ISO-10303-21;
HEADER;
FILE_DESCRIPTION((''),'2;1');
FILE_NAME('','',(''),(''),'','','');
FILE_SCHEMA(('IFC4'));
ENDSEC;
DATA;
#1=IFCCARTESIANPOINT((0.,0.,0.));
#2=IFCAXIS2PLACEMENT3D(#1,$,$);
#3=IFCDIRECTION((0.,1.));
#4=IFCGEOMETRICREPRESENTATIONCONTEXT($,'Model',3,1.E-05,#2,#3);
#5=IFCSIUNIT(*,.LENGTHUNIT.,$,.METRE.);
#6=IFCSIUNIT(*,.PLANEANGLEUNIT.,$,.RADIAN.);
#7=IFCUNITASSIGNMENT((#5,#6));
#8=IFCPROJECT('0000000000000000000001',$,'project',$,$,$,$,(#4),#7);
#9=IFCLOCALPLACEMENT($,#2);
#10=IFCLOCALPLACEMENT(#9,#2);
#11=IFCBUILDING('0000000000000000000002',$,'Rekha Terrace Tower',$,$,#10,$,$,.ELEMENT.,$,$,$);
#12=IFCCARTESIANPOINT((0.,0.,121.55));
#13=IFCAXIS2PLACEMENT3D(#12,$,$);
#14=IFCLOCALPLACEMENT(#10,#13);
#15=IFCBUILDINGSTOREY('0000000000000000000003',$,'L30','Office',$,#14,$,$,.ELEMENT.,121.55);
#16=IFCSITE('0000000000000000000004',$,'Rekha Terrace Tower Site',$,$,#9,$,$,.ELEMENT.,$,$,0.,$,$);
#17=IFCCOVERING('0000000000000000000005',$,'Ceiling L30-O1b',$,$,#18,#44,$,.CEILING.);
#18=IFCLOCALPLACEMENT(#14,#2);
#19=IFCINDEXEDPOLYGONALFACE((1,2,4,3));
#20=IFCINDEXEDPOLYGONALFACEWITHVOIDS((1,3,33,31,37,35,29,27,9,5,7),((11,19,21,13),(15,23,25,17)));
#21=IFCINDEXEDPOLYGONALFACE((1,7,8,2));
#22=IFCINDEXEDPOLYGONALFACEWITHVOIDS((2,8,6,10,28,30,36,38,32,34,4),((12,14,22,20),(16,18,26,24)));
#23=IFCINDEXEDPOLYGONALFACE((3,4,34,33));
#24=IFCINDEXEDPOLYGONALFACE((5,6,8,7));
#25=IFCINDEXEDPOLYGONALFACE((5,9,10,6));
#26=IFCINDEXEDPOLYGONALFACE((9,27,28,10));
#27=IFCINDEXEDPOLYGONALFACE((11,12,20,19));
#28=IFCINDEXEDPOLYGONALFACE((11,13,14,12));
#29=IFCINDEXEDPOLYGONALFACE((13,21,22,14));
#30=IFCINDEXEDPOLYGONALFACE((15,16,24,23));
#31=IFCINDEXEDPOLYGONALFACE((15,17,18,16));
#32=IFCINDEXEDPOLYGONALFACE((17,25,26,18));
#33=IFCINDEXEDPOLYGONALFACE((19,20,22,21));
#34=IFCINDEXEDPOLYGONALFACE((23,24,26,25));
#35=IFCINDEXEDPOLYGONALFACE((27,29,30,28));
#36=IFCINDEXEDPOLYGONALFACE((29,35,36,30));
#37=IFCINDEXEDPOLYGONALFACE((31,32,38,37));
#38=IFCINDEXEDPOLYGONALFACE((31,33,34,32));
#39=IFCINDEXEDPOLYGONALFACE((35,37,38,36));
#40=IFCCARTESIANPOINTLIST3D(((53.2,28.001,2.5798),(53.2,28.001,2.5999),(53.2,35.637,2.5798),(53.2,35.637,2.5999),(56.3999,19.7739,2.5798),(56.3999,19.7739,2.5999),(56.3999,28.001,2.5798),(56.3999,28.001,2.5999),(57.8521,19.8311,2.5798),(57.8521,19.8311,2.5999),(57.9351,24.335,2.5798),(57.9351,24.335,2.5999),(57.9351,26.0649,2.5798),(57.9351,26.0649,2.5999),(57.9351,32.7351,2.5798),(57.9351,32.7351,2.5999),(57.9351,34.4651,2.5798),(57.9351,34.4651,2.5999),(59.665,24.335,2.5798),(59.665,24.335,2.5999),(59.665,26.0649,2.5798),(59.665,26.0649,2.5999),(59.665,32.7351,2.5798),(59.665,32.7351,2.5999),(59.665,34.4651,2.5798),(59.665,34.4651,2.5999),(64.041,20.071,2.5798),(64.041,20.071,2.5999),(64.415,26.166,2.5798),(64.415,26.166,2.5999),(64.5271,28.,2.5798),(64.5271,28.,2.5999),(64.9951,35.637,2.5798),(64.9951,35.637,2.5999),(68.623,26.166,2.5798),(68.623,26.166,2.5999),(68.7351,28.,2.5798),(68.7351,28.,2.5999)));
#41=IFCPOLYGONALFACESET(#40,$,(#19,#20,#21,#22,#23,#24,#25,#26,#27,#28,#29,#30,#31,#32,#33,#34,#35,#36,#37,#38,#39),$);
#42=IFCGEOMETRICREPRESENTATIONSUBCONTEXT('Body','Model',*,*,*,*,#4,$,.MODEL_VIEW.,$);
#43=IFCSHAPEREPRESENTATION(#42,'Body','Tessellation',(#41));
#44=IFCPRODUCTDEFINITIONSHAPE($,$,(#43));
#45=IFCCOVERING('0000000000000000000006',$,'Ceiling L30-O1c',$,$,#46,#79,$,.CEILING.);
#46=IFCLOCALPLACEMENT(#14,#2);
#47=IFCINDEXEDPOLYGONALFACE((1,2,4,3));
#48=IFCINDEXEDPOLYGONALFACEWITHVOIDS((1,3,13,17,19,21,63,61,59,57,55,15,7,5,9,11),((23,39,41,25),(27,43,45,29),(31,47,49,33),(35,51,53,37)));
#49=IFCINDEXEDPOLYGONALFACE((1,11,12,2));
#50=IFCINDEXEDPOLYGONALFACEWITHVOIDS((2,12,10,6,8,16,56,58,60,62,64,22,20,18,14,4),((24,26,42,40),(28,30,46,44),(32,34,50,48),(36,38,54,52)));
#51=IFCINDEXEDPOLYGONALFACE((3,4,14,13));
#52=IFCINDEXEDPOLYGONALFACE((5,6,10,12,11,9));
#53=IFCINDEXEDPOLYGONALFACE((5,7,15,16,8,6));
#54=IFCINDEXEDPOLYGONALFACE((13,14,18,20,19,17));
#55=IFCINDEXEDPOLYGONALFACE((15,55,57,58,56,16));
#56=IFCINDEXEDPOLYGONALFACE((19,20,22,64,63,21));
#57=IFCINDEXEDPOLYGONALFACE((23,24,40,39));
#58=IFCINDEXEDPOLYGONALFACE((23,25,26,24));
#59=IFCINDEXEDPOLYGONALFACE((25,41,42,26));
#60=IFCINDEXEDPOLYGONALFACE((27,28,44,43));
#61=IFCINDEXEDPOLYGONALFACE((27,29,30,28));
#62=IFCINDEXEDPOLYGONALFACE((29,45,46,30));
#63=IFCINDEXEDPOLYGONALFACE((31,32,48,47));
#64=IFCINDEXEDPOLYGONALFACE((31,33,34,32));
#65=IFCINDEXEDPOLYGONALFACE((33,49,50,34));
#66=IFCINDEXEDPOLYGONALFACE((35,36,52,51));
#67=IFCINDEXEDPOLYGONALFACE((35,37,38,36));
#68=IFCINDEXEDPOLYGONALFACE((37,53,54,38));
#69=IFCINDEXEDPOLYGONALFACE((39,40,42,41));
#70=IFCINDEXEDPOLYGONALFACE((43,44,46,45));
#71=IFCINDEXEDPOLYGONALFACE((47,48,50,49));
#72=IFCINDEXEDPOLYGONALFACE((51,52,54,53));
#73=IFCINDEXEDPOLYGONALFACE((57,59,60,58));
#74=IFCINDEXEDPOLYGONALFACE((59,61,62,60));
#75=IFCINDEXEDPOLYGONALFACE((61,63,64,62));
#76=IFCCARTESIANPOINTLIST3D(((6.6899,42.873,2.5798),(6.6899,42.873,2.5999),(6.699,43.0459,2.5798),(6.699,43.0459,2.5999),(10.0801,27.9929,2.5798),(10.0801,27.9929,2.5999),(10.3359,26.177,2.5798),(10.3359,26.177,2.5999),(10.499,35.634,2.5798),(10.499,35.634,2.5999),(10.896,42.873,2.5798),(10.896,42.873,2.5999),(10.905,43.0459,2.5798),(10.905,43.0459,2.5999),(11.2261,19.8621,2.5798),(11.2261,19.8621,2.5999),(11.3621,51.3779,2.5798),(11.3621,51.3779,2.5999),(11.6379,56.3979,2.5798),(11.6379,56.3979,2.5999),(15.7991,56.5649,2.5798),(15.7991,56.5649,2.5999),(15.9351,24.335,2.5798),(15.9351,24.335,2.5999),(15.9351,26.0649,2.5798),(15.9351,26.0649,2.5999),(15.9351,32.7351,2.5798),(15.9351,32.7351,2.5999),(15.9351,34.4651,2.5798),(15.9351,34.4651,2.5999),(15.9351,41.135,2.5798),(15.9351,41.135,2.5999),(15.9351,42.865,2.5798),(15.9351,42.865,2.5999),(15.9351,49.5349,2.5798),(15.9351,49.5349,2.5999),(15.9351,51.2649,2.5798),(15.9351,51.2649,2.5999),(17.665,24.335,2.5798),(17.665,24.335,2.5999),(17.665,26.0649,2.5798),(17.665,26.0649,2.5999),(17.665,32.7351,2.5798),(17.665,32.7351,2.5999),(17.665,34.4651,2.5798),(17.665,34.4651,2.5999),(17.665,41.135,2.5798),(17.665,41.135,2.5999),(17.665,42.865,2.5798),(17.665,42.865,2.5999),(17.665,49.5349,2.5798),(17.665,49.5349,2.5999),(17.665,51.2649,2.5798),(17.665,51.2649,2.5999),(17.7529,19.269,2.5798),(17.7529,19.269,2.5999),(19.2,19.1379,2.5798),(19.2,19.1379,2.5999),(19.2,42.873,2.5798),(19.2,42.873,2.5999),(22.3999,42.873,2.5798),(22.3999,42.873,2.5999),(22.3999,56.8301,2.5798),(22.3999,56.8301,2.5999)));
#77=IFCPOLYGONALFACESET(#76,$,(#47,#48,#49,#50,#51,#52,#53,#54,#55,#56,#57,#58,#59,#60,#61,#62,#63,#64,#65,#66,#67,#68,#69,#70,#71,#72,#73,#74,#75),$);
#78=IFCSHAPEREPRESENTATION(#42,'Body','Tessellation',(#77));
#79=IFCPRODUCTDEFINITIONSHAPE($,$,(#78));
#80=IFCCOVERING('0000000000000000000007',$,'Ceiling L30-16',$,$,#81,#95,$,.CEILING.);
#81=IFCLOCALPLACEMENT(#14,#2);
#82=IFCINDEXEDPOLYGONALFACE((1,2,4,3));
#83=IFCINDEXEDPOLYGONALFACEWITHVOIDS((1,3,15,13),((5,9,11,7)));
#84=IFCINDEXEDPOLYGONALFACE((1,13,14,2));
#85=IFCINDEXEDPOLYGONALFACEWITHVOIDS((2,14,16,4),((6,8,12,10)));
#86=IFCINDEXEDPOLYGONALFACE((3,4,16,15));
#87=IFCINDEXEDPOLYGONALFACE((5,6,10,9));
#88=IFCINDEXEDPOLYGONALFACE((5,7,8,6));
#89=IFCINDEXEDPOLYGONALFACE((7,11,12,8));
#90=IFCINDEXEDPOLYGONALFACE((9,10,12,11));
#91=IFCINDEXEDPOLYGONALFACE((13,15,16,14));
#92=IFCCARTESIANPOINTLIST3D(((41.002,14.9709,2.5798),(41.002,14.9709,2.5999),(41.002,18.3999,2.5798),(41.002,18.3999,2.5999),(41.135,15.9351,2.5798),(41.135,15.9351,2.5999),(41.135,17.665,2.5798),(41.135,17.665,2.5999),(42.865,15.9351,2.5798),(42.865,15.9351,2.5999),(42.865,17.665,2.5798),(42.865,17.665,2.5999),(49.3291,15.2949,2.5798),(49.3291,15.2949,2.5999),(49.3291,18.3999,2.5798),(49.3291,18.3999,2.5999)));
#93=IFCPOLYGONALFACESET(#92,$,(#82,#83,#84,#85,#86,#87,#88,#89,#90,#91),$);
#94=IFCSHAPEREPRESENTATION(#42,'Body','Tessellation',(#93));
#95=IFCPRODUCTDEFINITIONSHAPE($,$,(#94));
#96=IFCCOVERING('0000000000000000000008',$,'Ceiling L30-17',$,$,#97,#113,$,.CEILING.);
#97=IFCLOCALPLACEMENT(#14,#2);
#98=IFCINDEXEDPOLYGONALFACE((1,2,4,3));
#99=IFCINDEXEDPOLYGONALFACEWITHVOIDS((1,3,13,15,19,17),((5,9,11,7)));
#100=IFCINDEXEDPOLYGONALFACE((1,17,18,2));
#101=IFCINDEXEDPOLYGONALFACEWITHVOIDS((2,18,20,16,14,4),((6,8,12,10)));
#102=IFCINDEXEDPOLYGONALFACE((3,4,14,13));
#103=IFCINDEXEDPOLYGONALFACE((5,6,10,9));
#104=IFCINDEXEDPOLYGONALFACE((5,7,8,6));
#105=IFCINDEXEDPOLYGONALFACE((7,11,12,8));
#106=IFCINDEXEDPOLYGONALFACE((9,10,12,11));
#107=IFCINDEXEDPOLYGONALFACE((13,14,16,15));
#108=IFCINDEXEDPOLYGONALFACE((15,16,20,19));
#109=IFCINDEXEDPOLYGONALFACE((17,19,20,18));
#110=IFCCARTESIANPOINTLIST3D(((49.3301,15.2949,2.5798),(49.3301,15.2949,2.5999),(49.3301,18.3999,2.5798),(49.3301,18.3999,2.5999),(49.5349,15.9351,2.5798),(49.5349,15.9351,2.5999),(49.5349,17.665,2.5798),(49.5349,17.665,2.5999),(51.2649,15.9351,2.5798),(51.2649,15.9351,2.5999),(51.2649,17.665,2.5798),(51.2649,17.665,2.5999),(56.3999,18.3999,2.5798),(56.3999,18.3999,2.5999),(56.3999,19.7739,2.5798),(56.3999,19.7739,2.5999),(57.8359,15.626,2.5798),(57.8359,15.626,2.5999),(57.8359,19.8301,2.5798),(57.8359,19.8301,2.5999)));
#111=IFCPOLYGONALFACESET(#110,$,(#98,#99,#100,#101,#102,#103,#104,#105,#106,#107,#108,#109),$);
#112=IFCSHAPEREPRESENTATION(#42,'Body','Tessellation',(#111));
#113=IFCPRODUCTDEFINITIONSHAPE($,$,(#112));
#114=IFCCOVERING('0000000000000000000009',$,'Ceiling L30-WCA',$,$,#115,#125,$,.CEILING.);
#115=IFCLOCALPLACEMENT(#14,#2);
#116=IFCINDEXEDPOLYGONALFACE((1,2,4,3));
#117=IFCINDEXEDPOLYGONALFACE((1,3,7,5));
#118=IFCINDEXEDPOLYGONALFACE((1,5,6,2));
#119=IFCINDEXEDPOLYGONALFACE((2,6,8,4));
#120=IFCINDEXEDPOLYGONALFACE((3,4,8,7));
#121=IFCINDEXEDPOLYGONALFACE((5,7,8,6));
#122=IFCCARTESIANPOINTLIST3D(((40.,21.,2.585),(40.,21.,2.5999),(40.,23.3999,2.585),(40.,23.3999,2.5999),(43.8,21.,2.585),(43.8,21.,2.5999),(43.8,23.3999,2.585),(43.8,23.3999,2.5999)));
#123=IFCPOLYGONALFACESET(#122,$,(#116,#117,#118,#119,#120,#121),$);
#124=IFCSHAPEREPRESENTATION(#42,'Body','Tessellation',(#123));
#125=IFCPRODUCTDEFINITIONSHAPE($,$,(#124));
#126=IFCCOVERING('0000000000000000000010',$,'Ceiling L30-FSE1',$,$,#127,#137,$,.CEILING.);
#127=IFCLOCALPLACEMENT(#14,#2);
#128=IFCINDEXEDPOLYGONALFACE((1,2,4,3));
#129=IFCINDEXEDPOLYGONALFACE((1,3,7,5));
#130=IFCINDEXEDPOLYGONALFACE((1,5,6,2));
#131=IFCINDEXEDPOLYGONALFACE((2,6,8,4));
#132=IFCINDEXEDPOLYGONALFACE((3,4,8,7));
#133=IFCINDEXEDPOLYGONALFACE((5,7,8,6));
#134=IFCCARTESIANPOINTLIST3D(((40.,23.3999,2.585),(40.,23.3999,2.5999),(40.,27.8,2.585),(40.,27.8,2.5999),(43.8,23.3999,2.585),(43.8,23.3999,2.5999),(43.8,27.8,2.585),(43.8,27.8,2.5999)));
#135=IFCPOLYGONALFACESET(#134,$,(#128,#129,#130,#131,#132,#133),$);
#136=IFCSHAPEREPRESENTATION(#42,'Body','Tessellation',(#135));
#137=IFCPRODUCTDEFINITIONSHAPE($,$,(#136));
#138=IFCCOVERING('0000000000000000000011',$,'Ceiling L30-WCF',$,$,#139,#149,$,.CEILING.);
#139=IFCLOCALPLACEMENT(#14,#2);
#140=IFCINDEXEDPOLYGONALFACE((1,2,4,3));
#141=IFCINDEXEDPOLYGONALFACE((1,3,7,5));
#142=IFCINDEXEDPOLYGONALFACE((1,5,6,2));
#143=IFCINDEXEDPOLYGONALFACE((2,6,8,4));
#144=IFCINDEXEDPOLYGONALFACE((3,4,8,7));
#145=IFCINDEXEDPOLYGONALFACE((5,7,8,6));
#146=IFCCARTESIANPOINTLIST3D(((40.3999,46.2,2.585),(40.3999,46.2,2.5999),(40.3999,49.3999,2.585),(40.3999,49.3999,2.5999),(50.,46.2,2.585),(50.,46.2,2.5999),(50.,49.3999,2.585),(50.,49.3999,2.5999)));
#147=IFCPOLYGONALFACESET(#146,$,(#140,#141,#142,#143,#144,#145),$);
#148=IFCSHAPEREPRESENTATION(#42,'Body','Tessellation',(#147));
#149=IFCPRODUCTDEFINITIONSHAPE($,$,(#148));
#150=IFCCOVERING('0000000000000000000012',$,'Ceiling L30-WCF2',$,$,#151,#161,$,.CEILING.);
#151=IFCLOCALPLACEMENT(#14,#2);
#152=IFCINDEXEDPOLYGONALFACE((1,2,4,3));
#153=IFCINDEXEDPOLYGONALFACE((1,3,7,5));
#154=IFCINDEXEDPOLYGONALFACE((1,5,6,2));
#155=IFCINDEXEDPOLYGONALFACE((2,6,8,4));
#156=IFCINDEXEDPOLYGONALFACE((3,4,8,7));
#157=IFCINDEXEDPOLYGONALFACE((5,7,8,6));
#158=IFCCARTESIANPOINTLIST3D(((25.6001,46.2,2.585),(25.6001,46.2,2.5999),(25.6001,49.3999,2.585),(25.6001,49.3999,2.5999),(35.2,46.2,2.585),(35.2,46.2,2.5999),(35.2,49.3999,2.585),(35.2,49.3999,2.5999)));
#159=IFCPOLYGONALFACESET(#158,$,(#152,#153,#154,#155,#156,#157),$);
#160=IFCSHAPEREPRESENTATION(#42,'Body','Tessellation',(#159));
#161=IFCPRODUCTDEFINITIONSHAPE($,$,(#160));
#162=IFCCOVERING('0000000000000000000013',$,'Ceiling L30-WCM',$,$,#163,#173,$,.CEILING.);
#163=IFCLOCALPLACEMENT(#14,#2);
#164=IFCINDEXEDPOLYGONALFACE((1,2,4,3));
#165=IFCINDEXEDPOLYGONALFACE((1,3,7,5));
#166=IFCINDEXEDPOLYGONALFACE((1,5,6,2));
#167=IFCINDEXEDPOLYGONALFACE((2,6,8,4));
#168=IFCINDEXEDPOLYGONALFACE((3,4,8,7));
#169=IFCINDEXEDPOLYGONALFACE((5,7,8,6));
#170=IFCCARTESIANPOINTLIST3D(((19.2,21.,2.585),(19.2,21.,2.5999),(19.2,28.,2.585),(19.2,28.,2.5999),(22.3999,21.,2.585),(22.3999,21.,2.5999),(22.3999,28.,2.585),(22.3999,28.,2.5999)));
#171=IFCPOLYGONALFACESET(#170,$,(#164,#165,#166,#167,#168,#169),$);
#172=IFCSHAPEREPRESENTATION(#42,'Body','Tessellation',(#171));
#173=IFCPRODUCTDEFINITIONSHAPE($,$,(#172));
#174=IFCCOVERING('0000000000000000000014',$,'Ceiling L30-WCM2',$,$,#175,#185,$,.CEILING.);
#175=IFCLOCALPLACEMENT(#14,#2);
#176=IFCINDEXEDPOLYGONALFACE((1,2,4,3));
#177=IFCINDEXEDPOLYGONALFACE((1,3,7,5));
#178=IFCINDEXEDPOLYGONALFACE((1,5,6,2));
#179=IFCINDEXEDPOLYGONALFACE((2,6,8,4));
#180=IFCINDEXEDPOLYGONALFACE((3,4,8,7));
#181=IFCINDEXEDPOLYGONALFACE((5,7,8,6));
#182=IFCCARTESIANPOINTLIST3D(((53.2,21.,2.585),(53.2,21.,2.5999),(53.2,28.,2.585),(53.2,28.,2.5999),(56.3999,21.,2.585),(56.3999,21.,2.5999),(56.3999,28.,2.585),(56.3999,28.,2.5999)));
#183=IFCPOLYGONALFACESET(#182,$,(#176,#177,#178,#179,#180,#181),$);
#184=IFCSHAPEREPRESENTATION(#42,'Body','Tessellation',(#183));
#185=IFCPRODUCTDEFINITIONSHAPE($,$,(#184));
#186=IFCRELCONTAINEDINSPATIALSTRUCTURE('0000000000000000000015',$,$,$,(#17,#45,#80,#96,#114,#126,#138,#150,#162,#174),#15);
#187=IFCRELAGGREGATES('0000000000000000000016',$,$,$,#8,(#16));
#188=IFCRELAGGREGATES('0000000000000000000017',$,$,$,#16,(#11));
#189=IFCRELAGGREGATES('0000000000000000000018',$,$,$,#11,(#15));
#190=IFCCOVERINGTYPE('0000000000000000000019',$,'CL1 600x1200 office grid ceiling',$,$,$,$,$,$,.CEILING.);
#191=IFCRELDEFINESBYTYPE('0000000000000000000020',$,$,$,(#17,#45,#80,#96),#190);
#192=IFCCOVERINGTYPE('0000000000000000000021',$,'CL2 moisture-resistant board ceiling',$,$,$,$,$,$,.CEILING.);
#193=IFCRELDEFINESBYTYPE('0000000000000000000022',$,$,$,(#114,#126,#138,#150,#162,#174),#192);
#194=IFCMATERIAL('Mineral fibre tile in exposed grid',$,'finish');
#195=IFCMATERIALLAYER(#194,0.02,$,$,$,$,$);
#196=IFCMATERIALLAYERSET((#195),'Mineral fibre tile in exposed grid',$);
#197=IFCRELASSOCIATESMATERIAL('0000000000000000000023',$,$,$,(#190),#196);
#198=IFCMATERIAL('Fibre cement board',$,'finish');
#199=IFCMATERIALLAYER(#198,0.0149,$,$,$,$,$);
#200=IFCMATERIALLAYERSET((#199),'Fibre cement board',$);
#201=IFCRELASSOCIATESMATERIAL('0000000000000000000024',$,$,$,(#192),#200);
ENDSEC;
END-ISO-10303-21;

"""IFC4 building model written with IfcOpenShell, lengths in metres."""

from ifc_helpers import new_model, si_unit, direction, frame, origin, place, context, subcontext, project, spatial, polyline, outline, extrude, material, layer, layer_set, type_object, element, save


model = new_model("IFC4")

# Units and contexts
model_context = context("Model", 3, precision=1e-05, world=origin(), true_north=direction((0.0, 1.0)))
body_context = subcontext(model_context, "Body", "Model", "MODEL_VIEW")
ifc_project = project(units=[si_unit("LENGTHUNIT", "METRE"), si_unit("PLANEANGLEUNIT", "RADIAN")], contexts=[model_context])

# Site, building, storey
site_placement = place(None, origin())
site = spatial("IfcSite", under=ifc_project, at=site_placement, Name="Rekha Terrace Tower Site", CompositionType="ELEMENT", RefElevation=0.0)
building_placement = place(site_placement, origin())
building = spatial("IfcBuilding", under=site, at=building_placement, Name="Rekha Terrace Tower", CompositionType="ELEMENT")
storey_placement = place(building_placement, frame((0.0, 0.0, 121.55)))
storey = spatial("IfcBuildingStorey", under=building, at=storey_placement, Name="L30", Description="Office", CompositionType="ELEMENT", Elevation=121.55)

# Coverings
ifc_material_1 = material(Name="Mineral fibre tile in exposed grid", Category="finish")
ifc_layer_1 = layer(ifc_material_1, 0.02)
ifc_layer_set_1 = layer_set([ifc_layer_1], Name="Mineral fibre tile in exposed grid")
covering_type_1 = type_object("IfcCoveringType", Name="CL1 600x1200 office grid ceiling", PredefinedType="CEILING", material=ifc_layer_set_1)
covering_1_placement = place(storey_placement, frame((0.0, 0.0, 2.5798)))
element("IfcCovering", 1, at=covering_1_placement, inside=storey, type_object=covering_type_1, Name="Ceiling L30-O1b", PredefinedType="CEILING", context=body_context, shape_type="SweptSolid", body=[
    extrude(outline(polyline([(64.9951, 35.637), (53.2, 35.637), (53.2, 28.001), (56.3999, 28.001), (56.3999, 19.7739), (57.8521, 19.8311), (64.041, 20.071), (64.415, 26.166), (68.623, 26.166), (68.7351, 28.0), (64.5271, 28.0), (64.9951, 35.637)]), holes=[polyline([(59.665, 26.0649), (59.665, 24.335), (57.9351, 24.335), (57.9351, 26.0649), (59.665, 26.0649)]), polyline([(59.665, 32.7351), (57.9351, 32.7351), (57.9351, 34.4651), (59.665, 34.4651), (59.665, 32.7351)])]), origin(), (0.0, 0.0, 1.0), 0.02),
])
covering_2_placement = place(storey_placement, frame((0.0, 0.0, 2.5798)))
element("IfcCovering", 2, at=covering_2_placement, inside=storey, type_object=covering_type_1, Name="Ceiling L30-O1c", PredefinedType="CEILING", context=body_context, shape_type="SweptSolid", body=[
    extrude(outline(polyline([(10.0801, 27.9929), (10.3359, 26.177), (11.2261, 19.8621), (17.7529, 19.269), (19.2, 19.1379), (19.2, 42.873), (22.3999, 42.873), (22.3999, 56.8301), (15.7991, 56.5649), (11.6379, 56.3979), (11.3621, 51.3779), (10.905, 43.0459), (6.699, 43.0459), (6.6899, 42.873), (10.896, 42.873), (10.499, 35.634), (10.0801, 27.9929)]), holes=[polyline([(17.665, 26.0649), (17.665, 24.335), (15.9351, 24.335), (15.9351, 26.0649), (17.665, 26.0649)]), polyline([(17.665, 34.4651), (17.665, 32.7351), (15.9351, 32.7351), (15.9351, 34.4651), (17.665, 34.4651)]), polyline([(17.665, 41.135), (15.9351, 41.135), (15.9351, 42.865), (17.665, 42.865), (17.665, 41.135)]), polyline([(17.665, 49.5349), (15.9351, 49.5349), (15.9351, 51.2649), (17.665, 51.2649), (17.665, 49.5349)])]), origin(), (0.0, 0.0, 1.0), 0.02),
])
covering_3_placement = place(storey_placement, frame((0.0, 0.0, 2.5798)))
element("IfcCovering", 3, at=covering_3_placement, inside=storey, type_object=covering_type_1, Name="Ceiling L30-16", PredefinedType="CEILING", context=body_context, shape_type="SweptSolid", body=[
    extrude(outline(polyline([(41.002, 18.3999), (41.002, 14.9709), (49.3291, 15.2949), (49.3291, 18.3999), (41.002, 18.3999)]), holes=[polyline([(42.865, 17.665), (42.865, 15.9351), (41.135, 15.9351), (41.135, 17.665), (42.865, 17.665)])]), origin(), (0.0, 0.0, 1.0), 0.02),
])
covering_4_placement = place(storey_placement, frame((0.0, 0.0, 2.5798)))
element("IfcCovering", 4, at=covering_4_placement, inside=storey, type_object=covering_type_1, Name="Ceiling L30-17", PredefinedType="CEILING", context=body_context, shape_type="SweptSolid", body=[
    extrude(outline(polyline([(57.8359, 15.626), (57.8359, 19.8301), (56.3999, 19.7739), (56.3999, 18.3999), (49.3301, 18.3999), (49.3301, 15.2949), (57.8359, 15.626)]), holes=[polyline([(51.2649, 15.9351), (49.5349, 15.9351), (49.5349, 17.665), (51.2649, 17.665), (51.2649, 15.9351)])]), origin(), (0.0, 0.0, 1.0), 0.02),
])
ifc_material_2 = material(Name="Fibre cement board", Category="finish")
ifc_layer_2 = layer(ifc_material_2, 0.0149)
ifc_layer_set_2 = layer_set([ifc_layer_2], Name="Fibre cement board")
covering_type_2 = type_object("IfcCoveringType", Name="CL2 moisture-resistant board ceiling", PredefinedType="CEILING", material=ifc_layer_set_2)
covering_5_placement = place(storey_placement, frame((0.0, 0.0, 2.585)))
element("IfcCovering", 5, at=covering_5_placement, inside=storey, type_object=covering_type_2, Name="Ceiling L30-WCA", PredefinedType="CEILING", context=body_context, shape_type="SweptSolid", body=[
    extrude(outline(polyline([(43.8, 23.3999), (40.0, 23.3999), (40.0, 21.0), (43.8, 21.0), (43.8, 23.3999)])), origin(), (0.0, 0.0, 1.0), 0.0149),
])
covering_6_placement = place(storey_placement, frame((0.0, 0.0, 2.585)))
element("IfcCovering", 6, at=covering_6_placement, inside=storey, type_object=covering_type_2, Name="Ceiling L30-FSE1", PredefinedType="CEILING", context=body_context, shape_type="SweptSolid", body=[
    extrude(outline(polyline([(43.8, 27.8), (40.0, 27.8), (40.0, 23.3999), (43.8, 23.3999), (43.8, 27.8)])), origin(), (0.0, 0.0, 1.0), 0.0149),
])
covering_7_placement = place(storey_placement, frame((0.0, 0.0, 2.585)))
element("IfcCovering", 7, at=covering_7_placement, inside=storey, type_object=covering_type_2, Name="Ceiling L30-WCF", PredefinedType="CEILING", context=body_context, shape_type="SweptSolid", body=[
    extrude(outline(polyline([(50.0, 49.3999), (40.3999, 49.3999), (40.3999, 46.2), (50.0, 46.2), (50.0, 49.3999)])), origin(), (0.0, 0.0, 1.0), 0.0149),
])
covering_8_placement = place(storey_placement, frame((0.0, 0.0, 2.585)))
element("IfcCovering", 8, at=covering_8_placement, inside=storey, type_object=covering_type_2, Name="Ceiling L30-WCF2", PredefinedType="CEILING", context=body_context, shape_type="SweptSolid", body=[
    extrude(outline(polyline([(35.2, 49.3999), (25.6001, 49.3999), (25.6001, 46.2), (35.2, 46.2), (35.2, 49.3999)])), origin(), (0.0, 0.0, 1.0), 0.0149),
])
covering_9_placement = place(storey_placement, frame((0.0, 0.0, 2.585)))
element("IfcCovering", 9, at=covering_9_placement, inside=storey, type_object=covering_type_2, Name="Ceiling L30-WCM", PredefinedType="CEILING", context=body_context, shape_type="SweptSolid", body=[
    extrude(outline(polyline([(22.3999, 28.0), (19.2, 28.0), (19.2, 21.0), (22.3999, 21.0), (22.3999, 28.0)])), origin(), (0.0, 0.0, 1.0), 0.0149),
])
covering_10_placement = place(storey_placement, frame((0.0, 0.0, 2.585)))
element("IfcCovering", 10, at=covering_10_placement, inside=storey, type_object=covering_type_2, Name="Ceiling L30-WCM2", PredefinedType="CEILING", context=body_context, shape_type="SweptSolid", body=[
    extrude(outline(polyline([(56.3999, 28.0), (53.2, 28.0), (53.2, 21.0), (56.3999, 21.0), (56.3999, 28.0)])), origin(), (0.0, 0.0, 1.0), 0.0149),
])

save(model, "model.ifc")
